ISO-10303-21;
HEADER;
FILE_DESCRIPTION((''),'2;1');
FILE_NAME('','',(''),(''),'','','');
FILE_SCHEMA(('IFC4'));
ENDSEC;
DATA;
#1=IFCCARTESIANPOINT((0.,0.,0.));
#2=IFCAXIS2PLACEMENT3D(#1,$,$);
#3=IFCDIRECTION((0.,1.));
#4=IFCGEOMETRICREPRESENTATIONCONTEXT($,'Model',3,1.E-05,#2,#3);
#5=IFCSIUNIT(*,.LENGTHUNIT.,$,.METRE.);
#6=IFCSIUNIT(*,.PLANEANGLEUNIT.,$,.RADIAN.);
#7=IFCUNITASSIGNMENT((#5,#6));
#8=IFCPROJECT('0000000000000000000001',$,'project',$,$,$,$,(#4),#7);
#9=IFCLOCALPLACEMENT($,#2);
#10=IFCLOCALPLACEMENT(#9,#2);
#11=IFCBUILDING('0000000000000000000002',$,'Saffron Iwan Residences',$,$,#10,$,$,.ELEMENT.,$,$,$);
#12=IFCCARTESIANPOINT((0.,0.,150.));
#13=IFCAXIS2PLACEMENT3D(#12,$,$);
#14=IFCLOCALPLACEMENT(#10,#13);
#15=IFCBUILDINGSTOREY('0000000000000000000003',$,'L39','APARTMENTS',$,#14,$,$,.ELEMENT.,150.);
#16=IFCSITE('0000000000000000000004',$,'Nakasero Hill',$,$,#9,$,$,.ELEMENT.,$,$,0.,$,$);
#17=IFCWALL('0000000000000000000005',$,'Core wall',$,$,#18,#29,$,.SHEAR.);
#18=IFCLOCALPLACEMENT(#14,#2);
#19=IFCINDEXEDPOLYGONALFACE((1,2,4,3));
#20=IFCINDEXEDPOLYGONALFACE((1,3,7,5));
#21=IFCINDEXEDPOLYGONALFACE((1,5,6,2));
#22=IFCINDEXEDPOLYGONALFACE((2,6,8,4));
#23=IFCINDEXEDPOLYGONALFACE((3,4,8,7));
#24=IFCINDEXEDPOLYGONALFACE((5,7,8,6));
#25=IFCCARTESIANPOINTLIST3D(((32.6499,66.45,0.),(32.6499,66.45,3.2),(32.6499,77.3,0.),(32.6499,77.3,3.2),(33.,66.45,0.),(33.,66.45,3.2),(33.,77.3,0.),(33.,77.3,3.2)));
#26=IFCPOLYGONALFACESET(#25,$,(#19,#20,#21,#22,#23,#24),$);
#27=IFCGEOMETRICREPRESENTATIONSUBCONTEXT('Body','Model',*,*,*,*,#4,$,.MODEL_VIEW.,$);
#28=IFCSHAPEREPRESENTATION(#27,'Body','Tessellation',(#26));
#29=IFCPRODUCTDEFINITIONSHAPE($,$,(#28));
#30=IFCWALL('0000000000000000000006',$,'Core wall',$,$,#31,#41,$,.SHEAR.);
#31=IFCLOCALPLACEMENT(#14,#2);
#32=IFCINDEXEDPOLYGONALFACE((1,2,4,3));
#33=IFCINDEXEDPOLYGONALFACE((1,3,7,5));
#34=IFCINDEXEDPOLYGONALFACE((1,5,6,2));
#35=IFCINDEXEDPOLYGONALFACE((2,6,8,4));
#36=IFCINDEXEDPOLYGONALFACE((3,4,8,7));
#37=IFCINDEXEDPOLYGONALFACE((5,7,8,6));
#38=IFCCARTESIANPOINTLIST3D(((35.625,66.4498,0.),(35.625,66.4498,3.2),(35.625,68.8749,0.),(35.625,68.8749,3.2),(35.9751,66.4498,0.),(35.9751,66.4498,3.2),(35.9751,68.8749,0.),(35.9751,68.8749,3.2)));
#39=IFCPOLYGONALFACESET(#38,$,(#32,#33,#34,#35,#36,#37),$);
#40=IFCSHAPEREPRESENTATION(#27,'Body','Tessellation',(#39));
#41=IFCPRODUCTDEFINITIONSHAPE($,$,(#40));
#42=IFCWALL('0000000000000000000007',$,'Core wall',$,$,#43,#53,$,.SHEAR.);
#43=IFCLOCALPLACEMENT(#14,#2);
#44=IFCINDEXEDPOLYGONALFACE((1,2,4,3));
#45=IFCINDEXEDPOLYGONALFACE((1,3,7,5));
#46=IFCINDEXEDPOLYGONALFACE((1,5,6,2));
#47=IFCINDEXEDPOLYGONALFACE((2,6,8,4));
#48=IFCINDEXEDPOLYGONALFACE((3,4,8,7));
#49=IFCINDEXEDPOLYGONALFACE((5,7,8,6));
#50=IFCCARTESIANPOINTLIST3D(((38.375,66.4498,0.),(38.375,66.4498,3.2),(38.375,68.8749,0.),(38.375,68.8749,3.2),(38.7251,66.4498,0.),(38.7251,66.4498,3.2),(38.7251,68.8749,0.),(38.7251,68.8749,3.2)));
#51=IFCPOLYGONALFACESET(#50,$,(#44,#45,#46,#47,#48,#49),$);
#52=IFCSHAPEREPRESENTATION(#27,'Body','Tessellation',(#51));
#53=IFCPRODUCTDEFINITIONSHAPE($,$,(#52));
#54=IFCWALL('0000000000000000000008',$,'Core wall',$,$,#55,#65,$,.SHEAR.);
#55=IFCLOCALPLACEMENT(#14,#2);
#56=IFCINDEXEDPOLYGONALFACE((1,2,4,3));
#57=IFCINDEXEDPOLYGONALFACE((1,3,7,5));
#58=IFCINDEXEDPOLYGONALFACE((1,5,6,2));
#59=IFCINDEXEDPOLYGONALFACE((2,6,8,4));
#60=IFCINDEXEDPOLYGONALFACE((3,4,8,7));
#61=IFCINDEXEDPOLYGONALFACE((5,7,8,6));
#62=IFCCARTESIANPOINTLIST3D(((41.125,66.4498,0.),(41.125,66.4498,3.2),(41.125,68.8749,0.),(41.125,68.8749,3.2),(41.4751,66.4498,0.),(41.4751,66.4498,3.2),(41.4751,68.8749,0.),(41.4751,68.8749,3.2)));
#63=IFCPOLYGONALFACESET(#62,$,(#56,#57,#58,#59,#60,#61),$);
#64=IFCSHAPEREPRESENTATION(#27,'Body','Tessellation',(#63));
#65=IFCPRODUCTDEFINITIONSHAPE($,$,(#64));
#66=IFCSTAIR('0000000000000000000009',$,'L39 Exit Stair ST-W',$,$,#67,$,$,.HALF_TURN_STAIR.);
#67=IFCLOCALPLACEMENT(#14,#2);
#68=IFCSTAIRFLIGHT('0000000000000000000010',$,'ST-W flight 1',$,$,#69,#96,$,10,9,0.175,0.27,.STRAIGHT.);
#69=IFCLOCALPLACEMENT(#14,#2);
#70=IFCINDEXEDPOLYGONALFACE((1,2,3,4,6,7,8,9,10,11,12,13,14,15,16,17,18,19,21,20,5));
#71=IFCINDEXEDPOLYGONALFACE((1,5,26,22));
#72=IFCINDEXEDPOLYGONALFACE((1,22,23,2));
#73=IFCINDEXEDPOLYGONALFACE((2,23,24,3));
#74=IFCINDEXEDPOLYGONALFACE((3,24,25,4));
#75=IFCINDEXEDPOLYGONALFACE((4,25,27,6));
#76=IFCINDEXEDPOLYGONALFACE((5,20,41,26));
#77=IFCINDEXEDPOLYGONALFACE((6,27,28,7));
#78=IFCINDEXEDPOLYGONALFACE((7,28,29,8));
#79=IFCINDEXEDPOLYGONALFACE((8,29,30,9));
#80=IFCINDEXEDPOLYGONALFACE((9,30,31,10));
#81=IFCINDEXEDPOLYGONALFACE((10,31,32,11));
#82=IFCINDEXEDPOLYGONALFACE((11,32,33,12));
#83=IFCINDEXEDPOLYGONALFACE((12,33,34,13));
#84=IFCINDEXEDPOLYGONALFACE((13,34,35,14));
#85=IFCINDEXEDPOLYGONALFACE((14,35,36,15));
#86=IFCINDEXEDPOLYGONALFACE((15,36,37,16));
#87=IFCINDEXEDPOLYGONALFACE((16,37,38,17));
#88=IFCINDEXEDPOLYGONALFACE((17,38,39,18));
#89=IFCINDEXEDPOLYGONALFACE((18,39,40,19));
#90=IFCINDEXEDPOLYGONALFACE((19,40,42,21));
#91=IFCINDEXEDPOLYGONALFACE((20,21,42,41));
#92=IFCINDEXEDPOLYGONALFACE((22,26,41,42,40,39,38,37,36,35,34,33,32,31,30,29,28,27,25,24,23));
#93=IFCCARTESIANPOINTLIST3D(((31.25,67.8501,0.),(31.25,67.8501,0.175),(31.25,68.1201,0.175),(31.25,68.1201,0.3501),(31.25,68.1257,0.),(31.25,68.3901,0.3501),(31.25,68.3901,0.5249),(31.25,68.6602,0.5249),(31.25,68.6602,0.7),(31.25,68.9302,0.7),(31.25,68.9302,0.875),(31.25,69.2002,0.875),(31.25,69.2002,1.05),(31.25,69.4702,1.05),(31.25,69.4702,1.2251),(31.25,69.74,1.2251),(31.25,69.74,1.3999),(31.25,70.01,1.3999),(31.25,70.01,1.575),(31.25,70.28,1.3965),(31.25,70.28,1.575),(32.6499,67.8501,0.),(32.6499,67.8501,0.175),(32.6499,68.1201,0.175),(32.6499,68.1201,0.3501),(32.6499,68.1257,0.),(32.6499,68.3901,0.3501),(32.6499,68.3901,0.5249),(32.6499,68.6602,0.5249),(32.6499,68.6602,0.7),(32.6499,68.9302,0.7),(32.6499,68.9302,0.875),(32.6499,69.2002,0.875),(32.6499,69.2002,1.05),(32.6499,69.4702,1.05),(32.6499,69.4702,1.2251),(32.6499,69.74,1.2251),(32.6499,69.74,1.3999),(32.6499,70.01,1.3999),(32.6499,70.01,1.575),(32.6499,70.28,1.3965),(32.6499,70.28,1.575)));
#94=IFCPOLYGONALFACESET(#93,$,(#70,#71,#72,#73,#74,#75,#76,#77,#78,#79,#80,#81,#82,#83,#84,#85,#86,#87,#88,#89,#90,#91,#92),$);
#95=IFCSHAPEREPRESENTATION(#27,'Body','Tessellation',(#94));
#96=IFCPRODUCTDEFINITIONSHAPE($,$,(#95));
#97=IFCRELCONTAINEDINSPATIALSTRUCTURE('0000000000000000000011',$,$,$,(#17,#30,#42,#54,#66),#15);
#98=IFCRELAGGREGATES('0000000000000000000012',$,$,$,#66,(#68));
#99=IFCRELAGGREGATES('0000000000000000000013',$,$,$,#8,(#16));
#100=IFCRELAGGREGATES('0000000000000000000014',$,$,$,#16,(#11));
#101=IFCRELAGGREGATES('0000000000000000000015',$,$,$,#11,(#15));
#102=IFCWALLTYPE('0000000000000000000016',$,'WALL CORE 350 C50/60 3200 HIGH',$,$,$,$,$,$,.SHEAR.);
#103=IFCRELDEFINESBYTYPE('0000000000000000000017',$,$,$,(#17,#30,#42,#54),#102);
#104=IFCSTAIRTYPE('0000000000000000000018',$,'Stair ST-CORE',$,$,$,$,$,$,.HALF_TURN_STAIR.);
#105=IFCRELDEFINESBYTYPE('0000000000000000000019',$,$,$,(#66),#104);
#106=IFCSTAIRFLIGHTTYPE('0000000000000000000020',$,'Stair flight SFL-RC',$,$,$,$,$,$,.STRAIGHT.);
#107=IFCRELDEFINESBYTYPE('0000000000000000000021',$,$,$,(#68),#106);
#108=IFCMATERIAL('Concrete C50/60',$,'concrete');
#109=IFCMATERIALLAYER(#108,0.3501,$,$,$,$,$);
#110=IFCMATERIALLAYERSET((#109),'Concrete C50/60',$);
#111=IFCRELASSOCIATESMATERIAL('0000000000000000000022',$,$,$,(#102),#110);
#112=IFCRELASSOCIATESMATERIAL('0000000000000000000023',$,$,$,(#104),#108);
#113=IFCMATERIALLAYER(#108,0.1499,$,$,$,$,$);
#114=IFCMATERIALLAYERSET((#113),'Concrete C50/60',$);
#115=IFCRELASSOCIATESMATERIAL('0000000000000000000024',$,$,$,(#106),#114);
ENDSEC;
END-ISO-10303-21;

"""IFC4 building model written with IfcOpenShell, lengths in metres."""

from ifc_helpers import new_model, si_unit, direction, frame, frame_2d, origin, place, context, subcontext, project, spatial, polyline, rectangle, outline, extrude, material, layer, layer_set, type_object, element, aggregate, save


model = new_model("IFC4")

# Units and contexts
model_context = context("Model", 3, precision=1e-05, world=origin(), true_north=direction((0.0, 1.0)))
body_context = subcontext(model_context, "Body", "Model", "MODEL_VIEW")
ifc_project = project(units=[si_unit("LENGTHUNIT", "METRE"), si_unit("PLANEANGLEUNIT", "RADIAN")], contexts=[model_context])

# Site, building, storey
site_placement = place(None, origin())
site = spatial("IfcSite", under=ifc_project, at=site_placement, Name="Nakasero Hill", CompositionType="ELEMENT", RefElevation=0.0)
building_placement = place(site_placement, origin())
building = spatial("IfcBuilding", under=site, at=building_placement, Name="Saffron Iwan Residences", CompositionType="ELEMENT")
storey_placement = place(building_placement, frame((0.0, 0.0, 150.0)))
storey = spatial("IfcBuildingStorey", under=building, at=storey_placement, Name="L39", Description="APARTMENTS", CompositionType="ELEMENT", Elevation=150.0)

# Shared definitions
ifc_material_1 = material(Name="Concrete C50/60", Category="concrete")

# Shared definitions
ifc_layer_1 = layer(ifc_material_1, 0.3501)
ifc_layer_set_1 = layer_set([ifc_layer_1], Name="Concrete C50/60")
wall_type_1 = type_object("IfcWallType", Name="WALL CORE 350 C50/60 3200 HIGH", PredefinedType="SHEAR", material=ifc_layer_set_1)

# Walls
wall_1_placement = place(storey_placement, frame((32.825, 66.45, 0.0), z_axis=(0.0, 0.0, 1.0), x_axis=(0.0, 1.0, 0.0)))
element("IfcWall", 1, at=wall_1_placement, inside=storey, type_object=wall_type_1, Name="Core wall", PredefinedType="SHEAR", context=body_context, shape_type="SweptSolid", body=[
    extrude(rectangle(XDim=10.8501, YDim=0.3501, at=frame_2d((5.425, 0.0))), origin(), (0.0, 0.0, 1.0), 3.2),
])
for number, where, z_axis, x_axis, name in (
    (2, (35.8, 66.45, 0.0), (0.0, 0.0, 1.0), (0.0, 1.0, 0.0), "Core wall"),
    (3, (38.55, 66.45, 0.0), (0.0, 0.0, 1.0), (0.0, 1.0, 0.0), "Core wall"),
    (4, (41.3, 66.45, 0.0), (0.0, 0.0, 1.0), (0.0, 1.0, 0.0), "Core wall"),
):
    element("IfcWall", number, at=place(storey_placement, frame(where, z_axis=z_axis, x_axis=x_axis)), inside=storey, type_object=wall_type_1, Name=name, PredefinedType="SHEAR", context=body_context, shape_type="SweptSolid", body=[
        extrude(rectangle(XDim=2.425, YDim=0.3501, at=frame_2d((1.2124, 0.0))), origin(), (0.0, 0.0, 1.0), 3.2),
    ])

# Stair, stair flight
stair_type = type_object("IfcStairType", Name="Stair ST-CORE", PredefinedType="HALF_TURN_STAIR", material=ifc_material_1)
stair_placement = place(storey_placement, origin())
stair = element("IfcStair", 5, at=stair_placement, inside=storey, type_object=stair_type, Name="L39 Exit Stair ST-W", PredefinedType="HALF_TURN_STAIR")
ifc_layer_2 = layer(ifc_material_1, 0.1499)
ifc_layer_set_2 = layer_set([ifc_layer_2], Name="Concrete C50/60")
stair_flight_type = type_object("IfcStairFlightType", Name="Stair flight SFL-RC", PredefinedType="STRAIGHT", material=ifc_layer_set_2)
stair_flight_placement = place(storey_placement, frame((31.95, 67.8501, 0.0), z_axis=(0.0, 0.0, 1.0), x_axis=(0.0, 1.0, 0.0)))
stair_flight = element("IfcStairFlight", 6, at=stair_flight_placement, type_object=stair_flight_type, Name="ST-W flight 1", NumberOfRisers=10, NumberOfTreads=9, PredefinedType="STRAIGHT", RiserHeight=0.175, TreadLength=0.27, context=body_context, shape_type="SweptSolid", body=[
    extrude(outline(polyline([(0.0, 0.0), (0.0, 0.175), (0.27, 0.175), (0.27, 0.3501), (0.54, 0.3501), (0.54, 0.5249), (0.8101, 0.5249), (0.8101, 0.7), (1.0801, 0.7), (1.0801, 0.875), (1.3501, 0.875), (1.3501, 1.05), (1.6201, 1.05), (1.6201, 1.2251), (1.8899, 1.2251), (1.8899, 1.3999), (2.1599, 1.3999), (2.1599, 1.575), (2.4299, 1.575), (2.4299, 1.75), (2.4299, 1.3965), (0.2756, 0.0), (0.0, 0.0)])), frame((0.0, 0.7, 0.0), z_axis=(0.0, -1.0, 0.0), x_axis=(1.0, 0.0, 0.0)), (0.0, 0.0, 1.0), 1.3999),
])
aggregate(stair, [stair_flight])

save(model, "model.ifc")
